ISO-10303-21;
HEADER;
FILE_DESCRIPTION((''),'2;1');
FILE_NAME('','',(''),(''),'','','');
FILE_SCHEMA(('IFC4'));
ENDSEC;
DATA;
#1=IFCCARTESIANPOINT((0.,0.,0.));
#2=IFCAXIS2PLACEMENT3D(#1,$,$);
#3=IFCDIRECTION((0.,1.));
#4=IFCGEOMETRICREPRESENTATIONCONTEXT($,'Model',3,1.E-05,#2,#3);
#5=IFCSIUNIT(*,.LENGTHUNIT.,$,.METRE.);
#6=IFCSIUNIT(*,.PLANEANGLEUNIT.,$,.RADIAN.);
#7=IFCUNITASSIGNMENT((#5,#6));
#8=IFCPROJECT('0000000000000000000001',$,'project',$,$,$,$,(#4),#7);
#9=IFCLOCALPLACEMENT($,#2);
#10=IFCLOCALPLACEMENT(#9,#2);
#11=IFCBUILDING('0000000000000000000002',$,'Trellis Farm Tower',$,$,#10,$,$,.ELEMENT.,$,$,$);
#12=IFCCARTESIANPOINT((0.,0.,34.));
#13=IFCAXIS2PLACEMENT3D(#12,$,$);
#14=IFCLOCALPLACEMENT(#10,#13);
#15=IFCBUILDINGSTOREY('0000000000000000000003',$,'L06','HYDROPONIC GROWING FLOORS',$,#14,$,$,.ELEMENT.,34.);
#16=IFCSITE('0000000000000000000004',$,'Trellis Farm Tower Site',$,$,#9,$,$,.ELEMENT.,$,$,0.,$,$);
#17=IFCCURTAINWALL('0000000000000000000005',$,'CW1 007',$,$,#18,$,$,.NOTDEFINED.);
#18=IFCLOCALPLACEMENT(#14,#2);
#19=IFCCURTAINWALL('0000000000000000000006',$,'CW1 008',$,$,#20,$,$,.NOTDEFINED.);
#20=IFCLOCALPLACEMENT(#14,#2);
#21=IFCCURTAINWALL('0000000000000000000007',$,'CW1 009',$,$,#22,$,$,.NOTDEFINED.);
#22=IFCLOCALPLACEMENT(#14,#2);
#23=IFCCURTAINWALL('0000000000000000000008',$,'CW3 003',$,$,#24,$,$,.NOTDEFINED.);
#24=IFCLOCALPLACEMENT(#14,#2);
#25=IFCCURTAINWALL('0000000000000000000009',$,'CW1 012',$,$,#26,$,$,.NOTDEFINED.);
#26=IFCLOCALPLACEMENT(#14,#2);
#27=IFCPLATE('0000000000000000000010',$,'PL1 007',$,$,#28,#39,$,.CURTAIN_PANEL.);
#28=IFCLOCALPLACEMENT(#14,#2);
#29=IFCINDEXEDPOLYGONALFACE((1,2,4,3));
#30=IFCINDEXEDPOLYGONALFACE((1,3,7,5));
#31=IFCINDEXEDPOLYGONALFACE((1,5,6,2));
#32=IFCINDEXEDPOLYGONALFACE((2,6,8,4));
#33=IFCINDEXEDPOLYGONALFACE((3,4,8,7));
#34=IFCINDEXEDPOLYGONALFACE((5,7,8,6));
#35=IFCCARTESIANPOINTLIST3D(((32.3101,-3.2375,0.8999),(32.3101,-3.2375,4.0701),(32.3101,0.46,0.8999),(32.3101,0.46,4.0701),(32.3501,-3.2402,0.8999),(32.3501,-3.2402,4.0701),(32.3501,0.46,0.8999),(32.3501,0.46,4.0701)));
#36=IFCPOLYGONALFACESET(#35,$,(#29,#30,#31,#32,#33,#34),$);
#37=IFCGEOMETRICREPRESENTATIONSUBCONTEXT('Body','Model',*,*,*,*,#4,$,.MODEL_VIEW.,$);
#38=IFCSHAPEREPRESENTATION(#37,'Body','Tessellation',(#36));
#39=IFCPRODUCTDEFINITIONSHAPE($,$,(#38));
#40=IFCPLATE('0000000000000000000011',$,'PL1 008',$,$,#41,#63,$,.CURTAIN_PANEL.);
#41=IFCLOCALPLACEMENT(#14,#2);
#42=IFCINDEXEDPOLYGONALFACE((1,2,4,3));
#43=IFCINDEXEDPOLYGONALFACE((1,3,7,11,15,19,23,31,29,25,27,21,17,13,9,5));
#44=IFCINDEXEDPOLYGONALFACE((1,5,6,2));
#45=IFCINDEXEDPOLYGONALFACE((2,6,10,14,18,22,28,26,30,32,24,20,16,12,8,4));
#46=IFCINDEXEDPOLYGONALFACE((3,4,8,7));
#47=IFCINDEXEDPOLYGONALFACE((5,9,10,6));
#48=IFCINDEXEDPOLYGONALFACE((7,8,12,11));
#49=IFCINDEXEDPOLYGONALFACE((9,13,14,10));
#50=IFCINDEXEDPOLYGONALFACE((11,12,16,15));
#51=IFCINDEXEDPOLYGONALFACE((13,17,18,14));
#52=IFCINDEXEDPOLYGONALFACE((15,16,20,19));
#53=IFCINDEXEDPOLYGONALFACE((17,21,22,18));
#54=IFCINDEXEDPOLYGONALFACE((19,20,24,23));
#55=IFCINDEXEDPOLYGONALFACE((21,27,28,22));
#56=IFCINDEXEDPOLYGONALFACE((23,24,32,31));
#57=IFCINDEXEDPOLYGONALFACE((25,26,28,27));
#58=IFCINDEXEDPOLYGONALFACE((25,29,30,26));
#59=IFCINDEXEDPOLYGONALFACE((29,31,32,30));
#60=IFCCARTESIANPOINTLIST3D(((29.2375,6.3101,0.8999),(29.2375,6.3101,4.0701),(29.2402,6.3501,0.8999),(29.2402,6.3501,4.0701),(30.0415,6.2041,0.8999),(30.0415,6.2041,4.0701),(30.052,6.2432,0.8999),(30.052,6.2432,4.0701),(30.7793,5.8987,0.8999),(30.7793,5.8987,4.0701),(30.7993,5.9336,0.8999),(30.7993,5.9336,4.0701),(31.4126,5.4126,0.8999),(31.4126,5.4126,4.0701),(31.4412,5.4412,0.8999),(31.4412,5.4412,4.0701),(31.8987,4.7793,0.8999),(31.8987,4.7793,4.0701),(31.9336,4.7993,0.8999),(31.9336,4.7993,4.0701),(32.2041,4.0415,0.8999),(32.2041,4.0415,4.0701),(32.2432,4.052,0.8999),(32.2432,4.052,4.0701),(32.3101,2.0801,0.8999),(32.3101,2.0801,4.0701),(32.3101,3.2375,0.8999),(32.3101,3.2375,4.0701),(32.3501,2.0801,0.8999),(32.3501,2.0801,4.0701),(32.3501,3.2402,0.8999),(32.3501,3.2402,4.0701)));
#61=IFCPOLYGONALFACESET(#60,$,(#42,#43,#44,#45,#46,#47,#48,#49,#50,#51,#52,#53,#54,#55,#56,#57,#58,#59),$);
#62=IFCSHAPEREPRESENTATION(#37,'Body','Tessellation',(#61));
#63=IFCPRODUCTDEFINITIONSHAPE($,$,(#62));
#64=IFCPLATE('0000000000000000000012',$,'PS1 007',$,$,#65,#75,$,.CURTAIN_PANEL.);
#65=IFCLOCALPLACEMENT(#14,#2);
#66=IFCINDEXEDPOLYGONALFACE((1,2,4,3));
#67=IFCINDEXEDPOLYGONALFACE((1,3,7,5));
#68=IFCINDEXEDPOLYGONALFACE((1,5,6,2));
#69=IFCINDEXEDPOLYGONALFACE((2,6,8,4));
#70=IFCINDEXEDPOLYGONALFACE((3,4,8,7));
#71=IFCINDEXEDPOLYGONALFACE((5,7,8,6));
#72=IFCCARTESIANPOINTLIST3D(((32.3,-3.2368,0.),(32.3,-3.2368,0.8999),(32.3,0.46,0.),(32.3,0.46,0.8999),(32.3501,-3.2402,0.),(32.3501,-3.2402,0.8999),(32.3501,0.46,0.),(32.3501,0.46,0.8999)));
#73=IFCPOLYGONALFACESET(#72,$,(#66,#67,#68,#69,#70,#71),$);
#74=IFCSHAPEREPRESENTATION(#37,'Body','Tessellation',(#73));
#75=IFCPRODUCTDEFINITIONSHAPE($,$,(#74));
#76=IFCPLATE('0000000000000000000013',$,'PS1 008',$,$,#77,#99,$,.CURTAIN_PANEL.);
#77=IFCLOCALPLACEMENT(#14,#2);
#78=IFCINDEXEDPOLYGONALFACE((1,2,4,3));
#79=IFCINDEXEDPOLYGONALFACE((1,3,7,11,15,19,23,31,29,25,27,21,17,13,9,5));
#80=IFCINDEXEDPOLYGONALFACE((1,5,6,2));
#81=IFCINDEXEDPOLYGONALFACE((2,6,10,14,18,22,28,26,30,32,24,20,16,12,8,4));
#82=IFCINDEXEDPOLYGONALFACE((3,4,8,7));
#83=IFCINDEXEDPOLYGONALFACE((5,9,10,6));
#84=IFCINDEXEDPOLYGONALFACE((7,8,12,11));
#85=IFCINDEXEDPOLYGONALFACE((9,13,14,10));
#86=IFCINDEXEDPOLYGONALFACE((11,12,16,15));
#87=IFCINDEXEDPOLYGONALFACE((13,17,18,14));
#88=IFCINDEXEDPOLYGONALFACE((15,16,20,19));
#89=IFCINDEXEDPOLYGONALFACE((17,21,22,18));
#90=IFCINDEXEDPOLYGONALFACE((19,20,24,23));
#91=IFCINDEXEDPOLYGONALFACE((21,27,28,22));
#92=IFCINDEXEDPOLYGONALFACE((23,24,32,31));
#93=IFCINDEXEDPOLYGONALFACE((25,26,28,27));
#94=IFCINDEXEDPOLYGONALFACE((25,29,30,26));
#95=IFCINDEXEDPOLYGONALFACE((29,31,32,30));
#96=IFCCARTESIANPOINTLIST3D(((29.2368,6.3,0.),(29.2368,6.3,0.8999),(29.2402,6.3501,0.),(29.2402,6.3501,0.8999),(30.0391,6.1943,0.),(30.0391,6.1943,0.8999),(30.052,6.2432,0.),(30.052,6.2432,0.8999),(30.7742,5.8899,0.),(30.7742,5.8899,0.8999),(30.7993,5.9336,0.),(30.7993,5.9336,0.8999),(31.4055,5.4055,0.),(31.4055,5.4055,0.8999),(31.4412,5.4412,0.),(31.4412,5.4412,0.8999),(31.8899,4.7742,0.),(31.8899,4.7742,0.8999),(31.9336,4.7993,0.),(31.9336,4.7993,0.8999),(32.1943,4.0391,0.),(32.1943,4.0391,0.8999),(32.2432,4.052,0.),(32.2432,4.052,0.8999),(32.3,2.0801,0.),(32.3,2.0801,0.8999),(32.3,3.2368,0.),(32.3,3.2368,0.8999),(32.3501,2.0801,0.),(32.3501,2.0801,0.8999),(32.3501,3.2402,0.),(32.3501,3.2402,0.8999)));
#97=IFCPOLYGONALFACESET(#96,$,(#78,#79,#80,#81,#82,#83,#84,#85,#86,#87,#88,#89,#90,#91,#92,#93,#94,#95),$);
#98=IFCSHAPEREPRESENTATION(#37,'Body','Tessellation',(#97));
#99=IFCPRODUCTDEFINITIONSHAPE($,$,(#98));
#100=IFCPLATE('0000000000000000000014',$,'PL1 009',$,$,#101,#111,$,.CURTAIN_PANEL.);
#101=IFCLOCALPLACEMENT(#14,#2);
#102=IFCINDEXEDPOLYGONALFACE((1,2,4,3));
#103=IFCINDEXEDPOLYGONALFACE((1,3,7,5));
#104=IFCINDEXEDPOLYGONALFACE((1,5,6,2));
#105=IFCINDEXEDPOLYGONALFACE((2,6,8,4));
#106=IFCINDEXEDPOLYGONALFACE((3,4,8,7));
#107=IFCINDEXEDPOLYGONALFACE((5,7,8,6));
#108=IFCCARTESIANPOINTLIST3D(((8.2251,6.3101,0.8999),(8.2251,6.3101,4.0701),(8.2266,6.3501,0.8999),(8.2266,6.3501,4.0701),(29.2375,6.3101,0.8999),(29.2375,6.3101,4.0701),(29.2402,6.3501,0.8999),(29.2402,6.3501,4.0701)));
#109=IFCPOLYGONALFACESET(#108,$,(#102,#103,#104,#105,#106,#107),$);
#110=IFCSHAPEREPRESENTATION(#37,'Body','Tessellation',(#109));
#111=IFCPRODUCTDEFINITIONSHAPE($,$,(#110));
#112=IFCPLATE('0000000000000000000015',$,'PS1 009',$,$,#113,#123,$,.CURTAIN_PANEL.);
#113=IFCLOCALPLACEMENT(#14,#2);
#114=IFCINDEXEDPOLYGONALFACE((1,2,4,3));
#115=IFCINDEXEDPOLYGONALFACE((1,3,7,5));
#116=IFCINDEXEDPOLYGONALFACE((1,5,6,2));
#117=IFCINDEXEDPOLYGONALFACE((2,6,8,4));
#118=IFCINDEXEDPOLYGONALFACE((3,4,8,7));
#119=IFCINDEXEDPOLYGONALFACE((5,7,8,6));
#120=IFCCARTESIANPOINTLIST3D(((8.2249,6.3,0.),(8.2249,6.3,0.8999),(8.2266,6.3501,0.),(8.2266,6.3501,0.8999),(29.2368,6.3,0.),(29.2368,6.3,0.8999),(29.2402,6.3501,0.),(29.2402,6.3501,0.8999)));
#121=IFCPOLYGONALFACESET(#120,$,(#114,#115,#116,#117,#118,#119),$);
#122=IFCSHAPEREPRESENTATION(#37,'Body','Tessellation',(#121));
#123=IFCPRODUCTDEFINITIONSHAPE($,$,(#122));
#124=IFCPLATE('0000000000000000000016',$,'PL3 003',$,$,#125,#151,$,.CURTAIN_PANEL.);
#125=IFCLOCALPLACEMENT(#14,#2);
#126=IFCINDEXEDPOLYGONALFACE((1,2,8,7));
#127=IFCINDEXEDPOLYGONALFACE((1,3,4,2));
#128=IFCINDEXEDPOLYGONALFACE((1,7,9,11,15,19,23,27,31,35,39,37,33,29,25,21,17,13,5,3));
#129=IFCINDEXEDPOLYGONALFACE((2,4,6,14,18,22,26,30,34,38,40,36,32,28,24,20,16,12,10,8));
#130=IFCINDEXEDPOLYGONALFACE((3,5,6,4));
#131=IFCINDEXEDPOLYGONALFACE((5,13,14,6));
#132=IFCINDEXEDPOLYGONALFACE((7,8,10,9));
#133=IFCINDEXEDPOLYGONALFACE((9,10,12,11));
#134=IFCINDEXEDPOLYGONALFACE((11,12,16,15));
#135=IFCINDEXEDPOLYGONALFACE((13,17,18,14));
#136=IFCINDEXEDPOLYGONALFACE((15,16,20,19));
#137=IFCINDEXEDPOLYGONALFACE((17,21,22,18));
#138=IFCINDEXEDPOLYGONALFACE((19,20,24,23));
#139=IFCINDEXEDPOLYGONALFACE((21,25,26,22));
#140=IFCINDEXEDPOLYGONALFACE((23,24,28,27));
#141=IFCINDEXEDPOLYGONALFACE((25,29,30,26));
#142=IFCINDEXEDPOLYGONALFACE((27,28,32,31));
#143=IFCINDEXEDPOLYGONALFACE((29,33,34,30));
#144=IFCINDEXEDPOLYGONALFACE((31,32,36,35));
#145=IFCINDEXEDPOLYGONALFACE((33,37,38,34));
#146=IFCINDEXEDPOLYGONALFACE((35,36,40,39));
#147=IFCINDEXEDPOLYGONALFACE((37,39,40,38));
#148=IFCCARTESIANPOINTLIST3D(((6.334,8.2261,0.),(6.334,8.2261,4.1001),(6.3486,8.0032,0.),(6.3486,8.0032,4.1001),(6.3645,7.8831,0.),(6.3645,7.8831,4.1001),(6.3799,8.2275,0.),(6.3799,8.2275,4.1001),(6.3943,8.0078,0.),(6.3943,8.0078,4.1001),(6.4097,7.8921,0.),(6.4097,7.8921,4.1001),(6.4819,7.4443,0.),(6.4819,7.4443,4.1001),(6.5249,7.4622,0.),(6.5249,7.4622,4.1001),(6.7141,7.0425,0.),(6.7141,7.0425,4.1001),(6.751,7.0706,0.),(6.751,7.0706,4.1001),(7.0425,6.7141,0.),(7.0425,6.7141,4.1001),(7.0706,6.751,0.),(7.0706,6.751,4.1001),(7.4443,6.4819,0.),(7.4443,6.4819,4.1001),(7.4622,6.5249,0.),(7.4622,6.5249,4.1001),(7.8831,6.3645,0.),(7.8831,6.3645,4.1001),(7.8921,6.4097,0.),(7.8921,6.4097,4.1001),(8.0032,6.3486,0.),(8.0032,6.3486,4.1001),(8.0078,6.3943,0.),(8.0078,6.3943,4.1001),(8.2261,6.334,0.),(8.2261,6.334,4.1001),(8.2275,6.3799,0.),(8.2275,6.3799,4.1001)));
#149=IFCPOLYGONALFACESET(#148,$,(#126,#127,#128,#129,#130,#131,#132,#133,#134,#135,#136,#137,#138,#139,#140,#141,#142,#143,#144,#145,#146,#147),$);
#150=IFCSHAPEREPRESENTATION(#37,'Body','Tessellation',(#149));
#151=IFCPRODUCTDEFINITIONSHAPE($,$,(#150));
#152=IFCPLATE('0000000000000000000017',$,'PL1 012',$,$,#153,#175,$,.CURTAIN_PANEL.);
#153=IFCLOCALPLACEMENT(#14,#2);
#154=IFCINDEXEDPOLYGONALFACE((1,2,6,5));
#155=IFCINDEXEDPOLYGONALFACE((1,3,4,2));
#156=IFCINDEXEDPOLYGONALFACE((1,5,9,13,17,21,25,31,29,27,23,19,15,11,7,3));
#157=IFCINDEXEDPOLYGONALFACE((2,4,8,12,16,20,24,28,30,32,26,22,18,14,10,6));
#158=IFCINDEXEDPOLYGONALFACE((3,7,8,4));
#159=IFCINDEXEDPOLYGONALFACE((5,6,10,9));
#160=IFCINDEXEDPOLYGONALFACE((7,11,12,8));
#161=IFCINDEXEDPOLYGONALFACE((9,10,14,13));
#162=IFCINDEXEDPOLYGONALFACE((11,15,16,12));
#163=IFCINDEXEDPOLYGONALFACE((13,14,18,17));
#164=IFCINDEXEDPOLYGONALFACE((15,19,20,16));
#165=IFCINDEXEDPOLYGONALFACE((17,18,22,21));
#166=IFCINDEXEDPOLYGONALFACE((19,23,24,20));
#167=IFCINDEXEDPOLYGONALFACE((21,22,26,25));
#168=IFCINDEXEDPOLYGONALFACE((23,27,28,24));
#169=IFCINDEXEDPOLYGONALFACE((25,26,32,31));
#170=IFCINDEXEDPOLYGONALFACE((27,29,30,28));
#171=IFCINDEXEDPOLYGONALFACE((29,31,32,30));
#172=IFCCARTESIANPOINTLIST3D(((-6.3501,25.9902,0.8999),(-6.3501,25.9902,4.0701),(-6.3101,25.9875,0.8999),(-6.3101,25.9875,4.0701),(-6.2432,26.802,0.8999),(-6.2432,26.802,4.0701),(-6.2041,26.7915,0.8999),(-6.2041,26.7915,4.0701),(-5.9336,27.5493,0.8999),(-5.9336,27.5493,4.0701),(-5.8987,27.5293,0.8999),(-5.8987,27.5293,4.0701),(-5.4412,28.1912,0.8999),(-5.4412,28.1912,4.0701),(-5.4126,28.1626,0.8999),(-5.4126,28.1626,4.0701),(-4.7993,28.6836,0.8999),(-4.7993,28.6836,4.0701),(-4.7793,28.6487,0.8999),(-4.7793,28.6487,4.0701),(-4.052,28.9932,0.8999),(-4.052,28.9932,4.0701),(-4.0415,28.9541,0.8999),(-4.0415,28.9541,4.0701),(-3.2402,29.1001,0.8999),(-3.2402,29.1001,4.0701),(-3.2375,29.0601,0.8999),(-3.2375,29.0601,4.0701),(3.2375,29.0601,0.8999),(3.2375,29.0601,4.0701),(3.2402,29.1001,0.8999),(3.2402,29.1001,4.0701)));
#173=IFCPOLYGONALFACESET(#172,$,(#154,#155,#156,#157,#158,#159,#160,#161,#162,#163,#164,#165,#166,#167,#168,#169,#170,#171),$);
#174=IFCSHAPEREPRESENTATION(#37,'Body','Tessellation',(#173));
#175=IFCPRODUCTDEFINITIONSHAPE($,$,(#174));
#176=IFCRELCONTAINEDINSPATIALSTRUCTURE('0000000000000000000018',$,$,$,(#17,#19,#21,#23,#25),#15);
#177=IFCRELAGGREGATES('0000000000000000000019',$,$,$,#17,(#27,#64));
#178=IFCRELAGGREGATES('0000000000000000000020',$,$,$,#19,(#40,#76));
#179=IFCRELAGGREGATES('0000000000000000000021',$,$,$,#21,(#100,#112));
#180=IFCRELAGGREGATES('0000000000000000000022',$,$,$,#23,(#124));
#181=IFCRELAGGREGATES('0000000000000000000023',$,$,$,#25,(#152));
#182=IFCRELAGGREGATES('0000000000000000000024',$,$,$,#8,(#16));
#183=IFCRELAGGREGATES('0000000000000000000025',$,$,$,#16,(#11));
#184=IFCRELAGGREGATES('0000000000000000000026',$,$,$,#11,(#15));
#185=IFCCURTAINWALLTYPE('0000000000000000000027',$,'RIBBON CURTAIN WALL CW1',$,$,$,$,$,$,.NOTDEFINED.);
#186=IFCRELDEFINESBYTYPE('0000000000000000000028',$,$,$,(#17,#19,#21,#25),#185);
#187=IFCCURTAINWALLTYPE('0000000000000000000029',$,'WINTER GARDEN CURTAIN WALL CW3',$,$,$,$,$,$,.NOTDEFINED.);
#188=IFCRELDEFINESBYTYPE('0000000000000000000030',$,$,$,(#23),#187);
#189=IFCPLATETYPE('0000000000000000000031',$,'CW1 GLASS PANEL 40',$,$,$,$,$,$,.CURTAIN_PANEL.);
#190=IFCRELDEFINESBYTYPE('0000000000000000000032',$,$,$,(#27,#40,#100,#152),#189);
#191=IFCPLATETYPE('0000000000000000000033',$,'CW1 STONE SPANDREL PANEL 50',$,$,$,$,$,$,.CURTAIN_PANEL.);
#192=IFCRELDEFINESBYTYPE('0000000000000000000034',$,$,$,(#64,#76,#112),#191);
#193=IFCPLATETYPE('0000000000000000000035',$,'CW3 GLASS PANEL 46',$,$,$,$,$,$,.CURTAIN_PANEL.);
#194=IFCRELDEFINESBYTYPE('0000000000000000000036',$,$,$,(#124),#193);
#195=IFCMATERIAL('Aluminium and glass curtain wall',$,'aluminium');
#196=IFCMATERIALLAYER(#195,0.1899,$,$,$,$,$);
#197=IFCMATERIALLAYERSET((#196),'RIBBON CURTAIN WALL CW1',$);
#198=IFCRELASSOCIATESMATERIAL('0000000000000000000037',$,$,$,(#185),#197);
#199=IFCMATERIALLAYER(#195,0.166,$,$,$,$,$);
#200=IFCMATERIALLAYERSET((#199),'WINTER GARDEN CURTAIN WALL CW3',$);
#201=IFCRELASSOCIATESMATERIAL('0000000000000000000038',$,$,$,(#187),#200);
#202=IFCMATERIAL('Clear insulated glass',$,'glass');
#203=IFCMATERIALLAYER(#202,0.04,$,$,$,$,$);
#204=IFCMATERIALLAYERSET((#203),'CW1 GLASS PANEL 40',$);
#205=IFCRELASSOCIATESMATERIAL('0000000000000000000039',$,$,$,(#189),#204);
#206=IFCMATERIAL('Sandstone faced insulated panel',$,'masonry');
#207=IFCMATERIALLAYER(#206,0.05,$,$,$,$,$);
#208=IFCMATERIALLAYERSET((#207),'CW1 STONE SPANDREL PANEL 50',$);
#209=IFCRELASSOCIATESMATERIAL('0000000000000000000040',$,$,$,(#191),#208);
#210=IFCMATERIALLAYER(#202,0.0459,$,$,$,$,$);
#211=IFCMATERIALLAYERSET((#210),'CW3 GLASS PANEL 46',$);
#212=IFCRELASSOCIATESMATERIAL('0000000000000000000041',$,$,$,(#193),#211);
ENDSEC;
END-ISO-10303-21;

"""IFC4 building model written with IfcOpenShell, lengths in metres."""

from ifc_helpers import new_model, si_unit, direction, frame, origin, place, context, subcontext, project, spatial, polyline, outline, extrude, source, transform, mapped, material, layer, layer_set, type_object, element, aggregate, save


model = new_model("IFC4")

# Units and contexts
model_context = context("Model", 3, precision=1e-05, world=origin(), true_north=direction((0.0, 1.0)))
body_context = subcontext(model_context, "Body", "Model", "MODEL_VIEW")
ifc_project = project(units=[si_unit("LENGTHUNIT", "METRE"), si_unit("PLANEANGLEUNIT", "RADIAN")], contexts=[model_context])

# Site, building, storey
site_placement = place(None, origin())
site = spatial("IfcSite", under=ifc_project, at=site_placement, Name="Trellis Farm Tower Site", CompositionType="ELEMENT", RefElevation=0.0)
building_placement = place(site_placement, origin())
building = spatial("IfcBuilding", under=site, at=building_placement, Name="Trellis Farm Tower", CompositionType="ELEMENT")
storey_placement = place(building_placement, frame((0.0, 0.0, 34.0)))
storey = spatial("IfcBuildingStorey", under=building, at=storey_placement, Name="L06", Description="HYDROPONIC GROWING FLOORS", CompositionType="ELEMENT", Elevation=34.0)

# Curtain walls
ifc_material_1 = material(Name="Aluminium and glass curtain wall", Category="aluminium")
ifc_layer_1 = layer(ifc_material_1, 0.1899)
ifc_layer_set_1 = layer_set([ifc_layer_1], Name="RIBBON CURTAIN WALL CW1")
curtain_wall_type_1 = type_object("IfcCurtainWallType", Name="RIBBON CURTAIN WALL CW1", PredefinedType="NOTDEFINED", material=ifc_layer_set_1)
placement_1 = place(storey_placement, origin())
curtain_wall_1 = element("IfcCurtainWall", 1, at=placement_1, inside=storey, type_object=curtain_wall_type_1, Name="CW1 007", PredefinedType="NOTDEFINED")
curtain_wall_2 = element("IfcCurtainWall", 2, at=placement_1, inside=storey, type_object=curtain_wall_type_1, Name="CW1 008", PredefinedType="NOTDEFINED")
curtain_wall_3 = element("IfcCurtainWall", 3, at=placement_1, inside=storey, type_object=curtain_wall_type_1, Name="CW1 009", PredefinedType="NOTDEFINED")
ifc_layer_2 = layer(ifc_material_1, 0.166)
ifc_layer_set_2 = layer_set([ifc_layer_2], Name="WINTER GARDEN CURTAIN WALL CW3")
curtain_wall_type_2 = type_object("IfcCurtainWallType", Name="WINTER GARDEN CURTAIN WALL CW3", PredefinedType="NOTDEFINED", material=ifc_layer_set_2)
curtain_wall_4 = element("IfcCurtainWall", 4, at=placement_1, inside=storey, type_object=curtain_wall_type_2, Name="CW3 003", PredefinedType="NOTDEFINED")
curtain_wall_5 = element("IfcCurtainWall", 5, at=placement_1, inside=storey, type_object=curtain_wall_type_1, Name="CW1 012", PredefinedType="NOTDEFINED")

# Plates
ifc_material_2 = material(Name="Clear insulated glass", Category="glass")
ifc_layer_3 = layer(ifc_material_2, 0.04)
ifc_layer_set_3 = layer_set([ifc_layer_3], Name="CW1 GLASS PANEL 40")
plate_type_1 = type_object("IfcPlateType", Name="CW1 GLASS PANEL 40", PredefinedType="CURTAIN_PANEL", material=ifc_layer_set_3)
placement_2 = place(storey_placement, frame((0.0, 0.0, 0.8999)))
plate_1 = element("IfcPlate", 6, at=placement_2, type_object=plate_type_1, Name="PL1 007", PredefinedType="CURTAIN_PANEL", context=body_context, shape_type="SweptSolid", body=[
    extrude(outline(polyline([(32.3501, -3.2402), (32.3501, 0.46), (32.3101, 0.46), (32.3101, -3.2375), (32.3501, -3.2402)])), origin(), (0.0, 0.0, 1.0), 3.1702),
])
plate_2 = element("IfcPlate", 7, at=placement_2, type_object=plate_type_1, Name="PL1 008", PredefinedType="CURTAIN_PANEL", context=body_context, shape_type="SweptSolid", body=[
    extrude(outline(polyline([(32.3501, 2.0801), (32.3501, 3.2402), (32.2432, 4.052), (31.9336, 4.7993), (31.4412, 5.4412), (30.7993, 5.9336), (30.052, 6.2432), (29.2402, 6.3501), (29.2375, 6.3101), (30.0415, 6.2041), (30.7793, 5.8987), (31.4126, 5.4126), (31.8987, 4.7793), (32.2041, 4.0415), (32.3101, 3.2375), (32.3101, 2.0801), (32.3501, 2.0801)])), origin(), (0.0, 0.0, 1.0), 3.1702),
])
ifc_material_3 = material(Name="Sandstone faced insulated panel", Category="masonry")
ifc_layer_4 = layer(ifc_material_3, 0.05)
ifc_layer_set_4 = layer_set([ifc_layer_4], Name="CW1 STONE SPANDREL PANEL 50")
plate_type_2 = type_object("IfcPlateType", Name="CW1 STONE SPANDREL PANEL 50", PredefinedType="CURTAIN_PANEL", material=ifc_layer_set_4)
plate_3 = element("IfcPlate", 8, at=placement_1, type_object=plate_type_2, Name="PS1 007", PredefinedType="CURTAIN_PANEL", context=body_context, shape_type="SweptSolid", body=[
    extrude(outline(polyline([(32.3501, -3.2402), (32.3501, 0.46), (32.3, 0.46), (32.3, -3.2368), (32.3501, -3.2402)])), origin(), (0.0, 0.0, 1.0), 0.8999),
])
aggregate(curtain_wall_1, [plate_1, plate_3])
plate_4 = element("IfcPlate", 9, at=placement_1, type_object=plate_type_2, Name="PS1 008", PredefinedType="CURTAIN_PANEL", context=body_context, shape_type="SweptSolid", body=[
    extrude(outline(polyline([(32.3501, 2.0801), (32.3501, 3.2402), (32.2432, 4.052), (31.9336, 4.7993), (31.4412, 5.4412), (30.7993, 5.9336), (30.052, 6.2432), (29.2402, 6.3501), (29.2368, 6.3), (30.0391, 6.1943), (30.7742, 5.8899), (31.4055, 5.4055), (31.8899, 4.7742), (32.1943, 4.0391), (32.3, 3.2368), (32.3, 2.0801), (32.3501, 2.0801)])), origin(), (0.0, 0.0, 1.0), 0.8999),
])
aggregate(curtain_wall_2, [plate_2, plate_4])
shared_shape_1 = source(origin(), body_context, "Body", "SweptSolid", [
    extrude(outline(polyline([(29.2402, 6.3501), (8.2266, 6.3501), (8.2251, 6.3101), (29.2375, 6.3101), (29.2402, 6.3501)])), origin(), (0.0, 0.0, 1.0), 3.1702),
])
plate_5 = element("IfcPlate", 10, at=placement_2, type_object=plate_type_1, Name="PL1 009", PredefinedType="CURTAIN_PANEL", context=body_context, shape_type="MappedRepresentation", body=[
    mapped(shared_shape_1, transform((0.0, 0.0, 0.0))),
])
shared_shape_2 = source(origin(), body_context, "Body", "SweptSolid", [
    extrude(outline(polyline([(29.2402, 6.3501), (8.2266, 6.3501), (8.2249, 6.3), (29.2368, 6.3), (29.2402, 6.3501)])), origin(), (0.0, 0.0, 1.0), 0.8999),
])
plate_6 = element("IfcPlate", 11, at=placement_1, type_object=plate_type_2, Name="PS1 009", PredefinedType="CURTAIN_PANEL", context=body_context, shape_type="MappedRepresentation", body=[
    mapped(shared_shape_2, transform((0.0, 0.0, 0.0))),
])
aggregate(curtain_wall_3, [plate_5, plate_6])
ifc_layer_5 = layer(ifc_material_2, 0.0459)
ifc_layer_set_5 = layer_set([ifc_layer_5], Name="CW3 GLASS PANEL 46")
plate_type_3 = type_object("IfcPlateType", Name="CW3 GLASS PANEL 46", PredefinedType="CURTAIN_PANEL", material=ifc_layer_set_5)
shared_shape_3 = source(origin(), body_context, "Body", "SweptSolid", [
    extrude(outline(polyline([(8.2275, 6.3799), (8.0078, 6.3943), (7.8921, 6.4097), (7.4622, 6.5249), (7.0706, 6.751), (6.751, 7.0706), (6.5249, 7.4622), (6.4097, 7.8921), (6.3943, 8.0078), (6.3799, 8.2275), (6.334, 8.2261), (6.3486, 8.0032), (6.3645, 7.8831), (6.4819, 7.4443), (6.7141, 7.0425), (7.0425, 6.7141), (7.4443, 6.4819), (7.8831, 6.3645), (8.0032, 6.3486), (8.2261, 6.334), (8.2275, 6.3799)])), origin(), (0.0, 0.0, 1.0), 4.1001),
])
plate_7 = element("IfcPlate", 12, at=placement_1, type_object=plate_type_3, Name="PL3 003", PredefinedType="CURTAIN_PANEL", context=body_context, shape_type="MappedRepresentation", body=[
    mapped(shared_shape_3, transform((0.0, 0.0, 0.0))),
])
aggregate(curtain_wall_4, [plate_7])
shared_shape_4 = source(origin(), body_context, "Body", "SweptSolid", [
    extrude(outline(polyline([(3.2402, 29.1001), (-3.2402, 29.1001), (-4.052, 28.9932), (-4.7993, 28.6836), (-5.4412, 28.1912), (-5.9336, 27.5493), (-6.2432, 26.802), (-6.3501, 25.9902), (-6.3101, 25.9875), (-6.2041, 26.7915), (-5.8987, 27.5293), (-5.4126, 28.1626), (-4.7793, 28.6487), (-4.0415, 28.9541), (-3.2375, 29.0601), (3.2375, 29.0601), (3.2402, 29.1001)])), origin(), (0.0, 0.0, 1.0), 3.1702),
])
plate_8 = element("IfcPlate", 13, at=placement_2, type_object=plate_type_1, Name="PL1 012", PredefinedType="CURTAIN_PANEL", context=body_context, shape_type="MappedRepresentation", body=[
    mapped(shared_shape_4, transform((0.0, 0.0, 0.0))),
])
aggregate(curtain_wall_5, [plate_8])

save(model, "model.ifc")
